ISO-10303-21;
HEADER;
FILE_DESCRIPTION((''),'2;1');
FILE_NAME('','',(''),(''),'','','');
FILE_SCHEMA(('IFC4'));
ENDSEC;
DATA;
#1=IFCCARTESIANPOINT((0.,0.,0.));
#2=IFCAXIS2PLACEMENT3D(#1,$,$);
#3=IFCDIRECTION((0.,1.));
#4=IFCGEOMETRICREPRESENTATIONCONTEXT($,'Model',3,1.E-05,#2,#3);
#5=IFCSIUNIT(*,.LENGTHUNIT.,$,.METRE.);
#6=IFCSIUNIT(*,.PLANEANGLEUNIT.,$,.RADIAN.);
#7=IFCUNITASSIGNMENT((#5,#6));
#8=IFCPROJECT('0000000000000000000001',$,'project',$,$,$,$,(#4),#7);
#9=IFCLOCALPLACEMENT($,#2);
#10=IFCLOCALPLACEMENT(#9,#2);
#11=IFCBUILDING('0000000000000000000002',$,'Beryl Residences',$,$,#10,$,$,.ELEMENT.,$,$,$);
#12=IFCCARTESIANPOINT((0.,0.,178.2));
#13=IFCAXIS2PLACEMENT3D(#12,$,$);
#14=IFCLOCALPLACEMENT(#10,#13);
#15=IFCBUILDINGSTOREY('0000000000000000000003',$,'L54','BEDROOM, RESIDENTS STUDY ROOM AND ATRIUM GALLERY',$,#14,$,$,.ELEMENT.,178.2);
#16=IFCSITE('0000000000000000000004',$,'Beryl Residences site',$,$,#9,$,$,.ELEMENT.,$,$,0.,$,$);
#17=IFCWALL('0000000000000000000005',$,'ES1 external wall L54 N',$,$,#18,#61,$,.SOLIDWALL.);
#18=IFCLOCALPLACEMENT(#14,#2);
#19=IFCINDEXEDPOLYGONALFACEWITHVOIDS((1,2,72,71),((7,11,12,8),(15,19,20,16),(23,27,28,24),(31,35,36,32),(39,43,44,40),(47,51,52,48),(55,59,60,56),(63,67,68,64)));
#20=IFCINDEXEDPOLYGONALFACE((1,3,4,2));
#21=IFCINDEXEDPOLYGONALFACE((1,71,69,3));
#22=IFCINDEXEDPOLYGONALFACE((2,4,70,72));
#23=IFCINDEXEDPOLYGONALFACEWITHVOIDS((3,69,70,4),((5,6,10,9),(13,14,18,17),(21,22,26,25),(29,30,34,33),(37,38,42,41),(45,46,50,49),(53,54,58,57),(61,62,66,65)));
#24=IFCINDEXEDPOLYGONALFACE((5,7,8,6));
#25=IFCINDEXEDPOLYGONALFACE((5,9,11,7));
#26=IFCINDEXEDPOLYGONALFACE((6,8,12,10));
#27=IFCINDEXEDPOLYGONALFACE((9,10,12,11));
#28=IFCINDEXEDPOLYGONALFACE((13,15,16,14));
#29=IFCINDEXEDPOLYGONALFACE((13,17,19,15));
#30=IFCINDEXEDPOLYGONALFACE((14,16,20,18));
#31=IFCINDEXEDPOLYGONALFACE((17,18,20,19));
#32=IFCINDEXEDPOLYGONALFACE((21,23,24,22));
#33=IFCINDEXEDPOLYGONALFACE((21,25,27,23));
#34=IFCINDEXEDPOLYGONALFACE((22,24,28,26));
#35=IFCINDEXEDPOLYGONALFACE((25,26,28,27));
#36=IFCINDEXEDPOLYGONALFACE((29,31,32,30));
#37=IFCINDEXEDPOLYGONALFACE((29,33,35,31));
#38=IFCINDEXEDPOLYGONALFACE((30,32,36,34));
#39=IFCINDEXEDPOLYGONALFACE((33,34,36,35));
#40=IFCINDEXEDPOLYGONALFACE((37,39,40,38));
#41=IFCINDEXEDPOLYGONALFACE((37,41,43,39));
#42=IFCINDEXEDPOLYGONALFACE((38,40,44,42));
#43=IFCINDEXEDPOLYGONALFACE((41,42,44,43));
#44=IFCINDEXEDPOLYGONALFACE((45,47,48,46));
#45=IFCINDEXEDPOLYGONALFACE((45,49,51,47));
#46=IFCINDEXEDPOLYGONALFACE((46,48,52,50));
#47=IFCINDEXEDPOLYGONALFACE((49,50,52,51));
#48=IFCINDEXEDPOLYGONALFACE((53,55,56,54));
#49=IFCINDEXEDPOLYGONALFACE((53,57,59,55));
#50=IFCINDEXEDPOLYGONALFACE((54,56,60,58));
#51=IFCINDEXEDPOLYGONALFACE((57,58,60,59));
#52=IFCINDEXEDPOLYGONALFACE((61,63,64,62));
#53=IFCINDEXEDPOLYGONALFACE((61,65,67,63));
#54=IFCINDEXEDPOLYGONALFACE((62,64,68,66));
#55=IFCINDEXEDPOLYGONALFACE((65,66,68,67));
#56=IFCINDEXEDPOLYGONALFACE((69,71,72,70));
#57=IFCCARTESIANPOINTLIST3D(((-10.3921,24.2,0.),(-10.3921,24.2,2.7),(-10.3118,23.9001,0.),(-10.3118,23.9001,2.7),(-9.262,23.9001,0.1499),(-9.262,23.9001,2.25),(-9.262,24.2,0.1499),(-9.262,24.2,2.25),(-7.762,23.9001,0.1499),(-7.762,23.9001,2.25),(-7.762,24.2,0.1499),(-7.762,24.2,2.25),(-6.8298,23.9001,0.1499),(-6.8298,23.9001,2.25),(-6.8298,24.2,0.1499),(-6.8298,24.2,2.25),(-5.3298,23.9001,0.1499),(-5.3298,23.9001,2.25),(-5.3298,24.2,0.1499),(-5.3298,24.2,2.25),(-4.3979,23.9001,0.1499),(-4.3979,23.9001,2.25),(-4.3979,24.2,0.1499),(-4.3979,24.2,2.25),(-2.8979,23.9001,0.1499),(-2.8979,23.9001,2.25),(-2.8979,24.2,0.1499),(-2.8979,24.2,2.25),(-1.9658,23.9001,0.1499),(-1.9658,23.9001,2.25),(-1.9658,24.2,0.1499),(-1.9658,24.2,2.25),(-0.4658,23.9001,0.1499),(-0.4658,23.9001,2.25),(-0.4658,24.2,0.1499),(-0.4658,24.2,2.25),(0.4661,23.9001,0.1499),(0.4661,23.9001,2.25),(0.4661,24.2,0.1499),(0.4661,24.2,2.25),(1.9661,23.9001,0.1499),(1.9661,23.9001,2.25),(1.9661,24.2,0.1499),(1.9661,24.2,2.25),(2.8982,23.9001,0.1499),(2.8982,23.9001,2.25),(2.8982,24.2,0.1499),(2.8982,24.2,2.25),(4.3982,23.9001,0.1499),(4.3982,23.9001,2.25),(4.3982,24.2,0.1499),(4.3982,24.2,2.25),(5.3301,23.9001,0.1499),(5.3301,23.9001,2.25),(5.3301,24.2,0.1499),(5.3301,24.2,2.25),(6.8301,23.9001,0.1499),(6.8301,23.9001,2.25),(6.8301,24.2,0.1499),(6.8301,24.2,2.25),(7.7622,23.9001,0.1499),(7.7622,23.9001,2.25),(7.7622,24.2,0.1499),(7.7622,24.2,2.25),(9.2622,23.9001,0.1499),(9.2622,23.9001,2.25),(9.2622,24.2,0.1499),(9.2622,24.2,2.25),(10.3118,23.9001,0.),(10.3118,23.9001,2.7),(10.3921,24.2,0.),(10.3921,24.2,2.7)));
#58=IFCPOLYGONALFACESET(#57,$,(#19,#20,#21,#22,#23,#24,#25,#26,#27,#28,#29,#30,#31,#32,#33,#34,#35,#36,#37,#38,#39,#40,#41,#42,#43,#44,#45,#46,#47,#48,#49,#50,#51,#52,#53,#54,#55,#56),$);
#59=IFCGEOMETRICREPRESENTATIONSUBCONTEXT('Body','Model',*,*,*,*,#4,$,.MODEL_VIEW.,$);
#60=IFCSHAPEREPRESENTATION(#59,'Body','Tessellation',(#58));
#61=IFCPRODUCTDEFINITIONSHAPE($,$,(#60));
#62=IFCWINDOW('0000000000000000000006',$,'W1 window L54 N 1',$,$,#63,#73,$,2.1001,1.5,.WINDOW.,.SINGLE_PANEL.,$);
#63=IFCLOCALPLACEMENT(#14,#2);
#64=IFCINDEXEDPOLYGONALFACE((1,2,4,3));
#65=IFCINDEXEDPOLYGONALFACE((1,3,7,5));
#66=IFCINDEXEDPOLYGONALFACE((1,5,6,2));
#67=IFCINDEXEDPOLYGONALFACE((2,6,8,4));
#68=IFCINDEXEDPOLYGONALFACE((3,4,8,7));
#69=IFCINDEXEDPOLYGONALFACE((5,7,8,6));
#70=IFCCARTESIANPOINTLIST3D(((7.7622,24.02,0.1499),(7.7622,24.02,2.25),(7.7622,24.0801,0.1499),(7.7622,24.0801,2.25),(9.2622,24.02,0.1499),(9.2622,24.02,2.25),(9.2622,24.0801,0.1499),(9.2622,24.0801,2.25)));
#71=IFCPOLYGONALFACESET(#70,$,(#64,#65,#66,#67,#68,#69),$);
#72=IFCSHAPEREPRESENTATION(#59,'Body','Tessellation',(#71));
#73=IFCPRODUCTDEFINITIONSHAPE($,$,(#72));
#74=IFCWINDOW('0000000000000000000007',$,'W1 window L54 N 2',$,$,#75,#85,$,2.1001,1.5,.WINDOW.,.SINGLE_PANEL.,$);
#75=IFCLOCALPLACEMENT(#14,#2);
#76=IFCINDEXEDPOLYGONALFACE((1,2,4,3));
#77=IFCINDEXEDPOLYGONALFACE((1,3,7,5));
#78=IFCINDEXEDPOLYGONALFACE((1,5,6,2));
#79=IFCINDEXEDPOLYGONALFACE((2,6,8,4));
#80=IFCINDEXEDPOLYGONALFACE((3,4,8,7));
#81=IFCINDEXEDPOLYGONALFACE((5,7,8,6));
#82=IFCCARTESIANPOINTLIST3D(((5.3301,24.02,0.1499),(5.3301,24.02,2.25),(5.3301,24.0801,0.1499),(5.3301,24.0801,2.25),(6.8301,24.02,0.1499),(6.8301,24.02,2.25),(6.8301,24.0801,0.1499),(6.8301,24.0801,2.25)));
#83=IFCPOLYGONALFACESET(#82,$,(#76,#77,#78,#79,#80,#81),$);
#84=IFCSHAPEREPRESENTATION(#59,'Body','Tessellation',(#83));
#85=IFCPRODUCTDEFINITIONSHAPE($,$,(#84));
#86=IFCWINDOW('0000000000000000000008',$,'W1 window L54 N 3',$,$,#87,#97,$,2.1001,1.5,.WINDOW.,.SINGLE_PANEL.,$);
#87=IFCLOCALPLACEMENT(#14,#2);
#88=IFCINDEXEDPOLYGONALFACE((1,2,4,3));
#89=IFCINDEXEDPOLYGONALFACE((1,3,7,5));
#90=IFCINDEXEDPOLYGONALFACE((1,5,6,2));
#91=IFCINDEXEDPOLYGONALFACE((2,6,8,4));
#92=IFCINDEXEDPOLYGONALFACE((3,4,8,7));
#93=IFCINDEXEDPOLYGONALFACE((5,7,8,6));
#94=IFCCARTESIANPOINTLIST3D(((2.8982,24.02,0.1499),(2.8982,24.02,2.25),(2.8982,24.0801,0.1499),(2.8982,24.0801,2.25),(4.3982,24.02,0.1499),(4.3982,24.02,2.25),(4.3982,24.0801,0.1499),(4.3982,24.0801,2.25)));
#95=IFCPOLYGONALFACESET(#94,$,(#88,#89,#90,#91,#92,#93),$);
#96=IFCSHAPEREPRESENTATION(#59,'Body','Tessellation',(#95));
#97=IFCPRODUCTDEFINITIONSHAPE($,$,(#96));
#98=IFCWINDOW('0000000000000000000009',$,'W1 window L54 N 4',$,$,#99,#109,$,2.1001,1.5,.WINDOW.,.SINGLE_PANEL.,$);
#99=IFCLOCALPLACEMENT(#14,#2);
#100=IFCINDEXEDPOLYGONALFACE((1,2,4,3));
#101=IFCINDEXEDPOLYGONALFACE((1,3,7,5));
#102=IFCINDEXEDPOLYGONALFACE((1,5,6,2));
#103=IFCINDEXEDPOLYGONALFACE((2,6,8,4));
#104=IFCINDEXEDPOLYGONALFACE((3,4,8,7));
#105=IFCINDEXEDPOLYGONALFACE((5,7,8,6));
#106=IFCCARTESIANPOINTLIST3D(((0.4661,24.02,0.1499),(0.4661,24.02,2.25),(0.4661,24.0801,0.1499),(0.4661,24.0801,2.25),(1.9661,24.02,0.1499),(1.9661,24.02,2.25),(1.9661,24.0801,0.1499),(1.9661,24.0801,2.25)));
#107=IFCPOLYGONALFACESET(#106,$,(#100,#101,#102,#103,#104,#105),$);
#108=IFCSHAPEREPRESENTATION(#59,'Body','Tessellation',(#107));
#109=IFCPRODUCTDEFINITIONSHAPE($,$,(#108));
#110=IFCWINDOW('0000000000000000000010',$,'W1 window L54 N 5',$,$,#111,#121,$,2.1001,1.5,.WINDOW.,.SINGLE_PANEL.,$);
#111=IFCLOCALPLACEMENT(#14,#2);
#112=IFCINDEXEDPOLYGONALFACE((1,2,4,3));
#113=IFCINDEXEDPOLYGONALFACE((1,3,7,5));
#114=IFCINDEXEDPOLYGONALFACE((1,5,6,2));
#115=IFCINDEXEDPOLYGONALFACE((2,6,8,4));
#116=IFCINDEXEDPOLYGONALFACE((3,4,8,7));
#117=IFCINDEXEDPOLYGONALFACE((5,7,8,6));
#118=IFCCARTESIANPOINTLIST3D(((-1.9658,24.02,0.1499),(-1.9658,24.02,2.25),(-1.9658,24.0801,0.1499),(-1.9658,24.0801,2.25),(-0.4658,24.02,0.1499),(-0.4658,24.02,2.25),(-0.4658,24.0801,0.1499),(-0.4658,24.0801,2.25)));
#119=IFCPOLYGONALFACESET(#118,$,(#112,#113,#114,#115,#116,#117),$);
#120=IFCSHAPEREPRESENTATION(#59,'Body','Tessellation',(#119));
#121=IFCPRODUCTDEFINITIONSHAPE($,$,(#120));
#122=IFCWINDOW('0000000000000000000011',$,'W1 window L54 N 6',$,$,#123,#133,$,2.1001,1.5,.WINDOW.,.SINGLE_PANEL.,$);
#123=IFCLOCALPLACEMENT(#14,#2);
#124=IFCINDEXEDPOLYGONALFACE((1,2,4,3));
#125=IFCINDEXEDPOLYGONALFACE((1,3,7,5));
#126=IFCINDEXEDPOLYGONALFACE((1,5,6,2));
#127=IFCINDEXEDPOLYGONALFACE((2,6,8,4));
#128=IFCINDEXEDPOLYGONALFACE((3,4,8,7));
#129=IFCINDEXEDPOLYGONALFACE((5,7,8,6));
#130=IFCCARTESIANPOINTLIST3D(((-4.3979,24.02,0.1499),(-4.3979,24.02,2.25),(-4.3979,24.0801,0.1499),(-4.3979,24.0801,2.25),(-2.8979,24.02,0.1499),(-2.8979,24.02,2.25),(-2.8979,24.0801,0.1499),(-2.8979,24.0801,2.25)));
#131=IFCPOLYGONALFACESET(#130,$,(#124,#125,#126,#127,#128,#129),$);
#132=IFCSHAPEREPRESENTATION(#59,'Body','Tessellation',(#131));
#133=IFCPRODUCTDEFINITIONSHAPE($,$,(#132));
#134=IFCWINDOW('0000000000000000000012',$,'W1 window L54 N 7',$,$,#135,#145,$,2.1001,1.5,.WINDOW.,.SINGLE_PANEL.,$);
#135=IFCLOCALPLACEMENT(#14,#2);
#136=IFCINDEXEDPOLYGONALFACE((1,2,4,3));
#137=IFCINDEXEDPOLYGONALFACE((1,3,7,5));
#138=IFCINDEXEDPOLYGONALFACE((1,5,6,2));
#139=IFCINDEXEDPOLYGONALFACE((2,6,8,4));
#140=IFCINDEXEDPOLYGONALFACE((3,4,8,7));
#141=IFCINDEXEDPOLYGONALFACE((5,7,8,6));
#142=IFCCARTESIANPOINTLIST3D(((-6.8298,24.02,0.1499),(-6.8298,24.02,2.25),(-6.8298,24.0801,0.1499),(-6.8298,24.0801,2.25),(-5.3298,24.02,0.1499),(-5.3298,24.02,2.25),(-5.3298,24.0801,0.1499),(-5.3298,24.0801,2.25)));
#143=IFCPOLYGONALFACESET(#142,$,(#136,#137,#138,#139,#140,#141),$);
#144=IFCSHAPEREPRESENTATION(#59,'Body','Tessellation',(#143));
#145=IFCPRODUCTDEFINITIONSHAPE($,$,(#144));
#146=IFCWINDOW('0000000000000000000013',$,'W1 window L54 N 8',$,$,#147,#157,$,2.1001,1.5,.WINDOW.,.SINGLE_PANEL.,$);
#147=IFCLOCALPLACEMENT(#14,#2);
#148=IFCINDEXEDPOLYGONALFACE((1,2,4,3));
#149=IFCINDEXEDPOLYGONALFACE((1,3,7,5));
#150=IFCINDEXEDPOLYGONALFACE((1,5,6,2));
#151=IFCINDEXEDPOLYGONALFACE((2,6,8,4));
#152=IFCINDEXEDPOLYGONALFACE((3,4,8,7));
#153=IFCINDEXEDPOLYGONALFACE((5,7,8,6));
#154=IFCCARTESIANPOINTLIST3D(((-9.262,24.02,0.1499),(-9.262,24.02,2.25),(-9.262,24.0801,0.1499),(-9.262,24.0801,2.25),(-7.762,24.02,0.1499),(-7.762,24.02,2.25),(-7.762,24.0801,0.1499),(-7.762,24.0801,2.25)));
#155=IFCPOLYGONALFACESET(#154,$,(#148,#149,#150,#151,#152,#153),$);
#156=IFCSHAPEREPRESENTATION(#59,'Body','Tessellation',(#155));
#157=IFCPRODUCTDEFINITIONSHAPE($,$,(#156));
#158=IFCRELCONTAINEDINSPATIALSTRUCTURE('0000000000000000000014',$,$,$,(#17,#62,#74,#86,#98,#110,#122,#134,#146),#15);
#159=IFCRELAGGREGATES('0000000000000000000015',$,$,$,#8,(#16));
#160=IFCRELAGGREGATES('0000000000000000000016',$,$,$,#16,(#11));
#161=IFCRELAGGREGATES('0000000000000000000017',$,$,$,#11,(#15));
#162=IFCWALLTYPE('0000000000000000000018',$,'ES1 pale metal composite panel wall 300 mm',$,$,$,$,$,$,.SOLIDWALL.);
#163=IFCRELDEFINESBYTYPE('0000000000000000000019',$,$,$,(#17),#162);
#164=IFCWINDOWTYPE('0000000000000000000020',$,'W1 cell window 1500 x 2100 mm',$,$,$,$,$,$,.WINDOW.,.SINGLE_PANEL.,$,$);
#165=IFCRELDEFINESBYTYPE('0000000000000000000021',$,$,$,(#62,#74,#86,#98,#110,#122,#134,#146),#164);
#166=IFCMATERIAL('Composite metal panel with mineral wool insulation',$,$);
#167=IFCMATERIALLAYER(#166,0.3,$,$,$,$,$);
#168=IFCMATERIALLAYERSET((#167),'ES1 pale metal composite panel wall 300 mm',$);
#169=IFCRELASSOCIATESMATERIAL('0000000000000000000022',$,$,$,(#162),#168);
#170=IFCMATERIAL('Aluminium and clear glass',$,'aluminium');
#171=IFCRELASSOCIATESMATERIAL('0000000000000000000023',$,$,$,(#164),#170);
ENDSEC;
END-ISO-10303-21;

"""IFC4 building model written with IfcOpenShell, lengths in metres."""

from ifc_helpers import new_model, si_unit, direction, frame, frame_2d, origin, place, context, subcontext, project, spatial, polyline, rectangle, outline, extrude, material, layer, layer_set, type_object, element, fill, save


model = new_model("IFC4")

# Units and contexts
model_context = context("Model", 3, precision=1e-05, world=origin(), true_north=direction((0.0, 1.0)))
body_context = subcontext(model_context, "Body", "Model", "MODEL_VIEW")
ifc_project = project(units=[si_unit("LENGTHUNIT", "METRE"), si_unit("PLANEANGLEUNIT", "RADIAN")], contexts=[model_context])

# Site, building, storey
site_placement = place(None, origin())
site = spatial("IfcSite", under=ifc_project, at=site_placement, Name="Beryl Residences site", CompositionType="ELEMENT", RefElevation=0.0)
building_placement = place(site_placement, origin())
building = spatial("IfcBuilding", under=site, at=building_placement, Name="Beryl Residences", CompositionType="ELEMENT")
storey_placement = place(building_placement, frame((0.0, 0.0, 178.2)))
storey = spatial("IfcBuildingStorey", under=building, at=storey_placement, Name="L54", Description="BEDROOM, RESIDENTS STUDY ROOM AND ATRIUM GALLERY", CompositionType="ELEMENT", Elevation=178.2)

# Wall, openings, windows
ifc_material_1 = material(Name="Composite metal panel with mineral wool insulation")
ifc_layer_1 = layer(ifc_material_1, 0.3)
ifc_layer_set_1 = layer_set([ifc_layer_1], Name="ES1 pale metal composite panel wall 300 mm")
wall_type_1 = type_object("IfcWallType", Name="ES1 pale metal composite panel wall 300 mm", PredefinedType="SOLIDWALL", material=ifc_layer_set_1)
wall_1_placement = place(storey_placement, frame((10.3921, 24.05, 0.0), z_axis=(0.0, 0.0, 1.0), x_axis=(-1.0, 0.0, 0.0)))
wall_1 = element("IfcWall", 1, at=wall_1_placement, inside=storey, type_object=wall_type_1, Name="ES1 external wall L54 N", PredefinedType="SOLIDWALL", context=body_context, shape_type="SweptSolid", body=[
    extrude(outline(polyline([(0.0, -0.1499), (20.7842, -0.1499), (20.7039, 0.1499), (0.0803, 0.1499), (0.0, -0.1499)])), origin(), (0.0, 0.0, 1.0), 2.7),
])
opening_1_placement = place(wall_1_placement, frame((1.1299, 0.0, 0.1499)))
opening_1 = element("IfcOpeningElement", 2, at=opening_1_placement, cuts=wall_1, PredefinedType="OPENING", context=body_context, shape_type="SweptSolid", body=[
    extrude(rectangle(XDim=1.5, YDim=2.1001, at=frame_2d((0.75, 1.05))), frame((0.0, 0.1599, 0.0), z_axis=(0.0, -1.0, 0.0), x_axis=(1.0, 0.0, 0.0)), (0.0, 0.0, 1.0), 0.3201),
])
opening_2_placement = place(wall_1_placement, frame((3.562, 0.0, 0.1499)))
opening_2 = element("IfcOpeningElement", 3, at=opening_2_placement, cuts=wall_1, PredefinedType="OPENING", context=body_context, shape_type="SweptSolid", body=[
    extrude(rectangle(XDim=1.5, YDim=2.1001, at=frame_2d((0.75, 1.05))), frame((0.0, 0.1599, 0.0), z_axis=(0.0, -1.0, 0.0), x_axis=(1.0, 0.0, 0.0)), (0.0, 0.0, 1.0), 0.3201),
])
opening_3_placement = place(wall_1_placement, frame((5.9939, 0.0, 0.1499)))
opening_3 = element("IfcOpeningElement", 4, at=opening_3_placement, cuts=wall_1, PredefinedType="OPENING", context=body_context, shape_type="SweptSolid", body=[
    extrude(rectangle(XDim=1.5, YDim=2.1001, at=frame_2d((0.75, 1.05))), frame((0.0, 0.1599, 0.0), z_axis=(0.0, -1.0, 0.0), x_axis=(1.0, 0.0, 0.0)), (0.0, 0.0, 1.0), 0.3201),
])
opening_4_placement = place(wall_1_placement, frame((8.426, 0.0, 0.1499)))
opening_4 = element("IfcOpeningElement", 5, at=opening_4_placement, cuts=wall_1, PredefinedType="OPENING", context=body_context, shape_type="SweptSolid", body=[
    extrude(rectangle(XDim=1.5, YDim=2.1001, at=frame_2d((0.75, 1.05))), frame((0.0, 0.1599, 0.0), z_axis=(0.0, -1.0, 0.0), x_axis=(1.0, 0.0, 0.0)), (0.0, 0.0, 1.0), 0.3201),
])
opening_5_placement = place(wall_1_placement, frame((10.8579, 0.0, 0.1499)))
opening_5 = element("IfcOpeningElement", 6, at=opening_5_placement, cuts=wall_1, PredefinedType="OPENING", context=body_context, shape_type="SweptSolid", body=[
    extrude(rectangle(XDim=1.5, YDim=2.1001, at=frame_2d((0.75, 1.05))), frame((0.0, 0.1599, 0.0), z_axis=(0.0, -1.0, 0.0), x_axis=(1.0, 0.0, 0.0)), (0.0, 0.0, 1.0), 0.3201),
])
opening_6_placement = place(wall_1_placement, frame((13.29, 0.0, 0.1499)))
opening_6 = element("IfcOpeningElement", 7, at=opening_6_placement, cuts=wall_1, PredefinedType="OPENING", context=body_context, shape_type="SweptSolid", body=[
    extrude(rectangle(XDim=1.5, YDim=2.1001, at=frame_2d((0.75, 1.05))), frame((0.0, 0.1599, 0.0), z_axis=(0.0, -1.0, 0.0), x_axis=(1.0, 0.0, 0.0)), (0.0, 0.0, 1.0), 0.3201),
])
opening_7_placement = place(wall_1_placement, frame((15.7219, 0.0, 0.1499)))
opening_7 = element("IfcOpeningElement", 8, at=opening_7_placement, cuts=wall_1, PredefinedType="OPENING", context=body_context, shape_type="SweptSolid", body=[
    extrude(rectangle(XDim=1.5, YDim=2.1001, at=frame_2d((0.75, 1.05))), frame((0.0, 0.1599, 0.0), z_axis=(0.0, -1.0, 0.0), x_axis=(1.0, 0.0, 0.0)), (0.0, 0.0, 1.0), 0.3201),
])
opening_8_placement = place(wall_1_placement, frame((18.1541, 0.0, 0.1499)))
opening_8 = element("IfcOpeningElement", 9, at=opening_8_placement, cuts=wall_1, PredefinedType="OPENING", context=body_context, shape_type="SweptSolid", body=[
    extrude(rectangle(XDim=1.5, YDim=2.1001, at=frame_2d((0.75, 1.05))), frame((0.0, 0.1599, 0.0), z_axis=(0.0, -1.0, 0.0), x_axis=(1.0, 0.0, 0.0)), (0.0, 0.0, 1.0), 0.3201),
])
ifc_material_2 = material(Name="Aluminium and clear glass", Category="aluminium")
window_type_1 = type_object("IfcWindowType", Name="W1 cell window 1500 x 2100 mm", PartitioningType="SINGLE_PANEL", PredefinedType="WINDOW", material=ifc_material_2)
window_1_placement = place(opening_1_placement, origin())
window_1 = element("IfcWindow", 10, at=window_1_placement, inside=storey, type_object=window_type_1, Name="W1 window L54 N 1", OverallHeight=2.1001, OverallWidth=1.5, PartitioningType="SINGLE_PANEL", PredefinedType="WINDOW", context=body_context, shape_type="SweptSolid", body=[
    extrude(rectangle(XDim=1.5, YDim=2.1001, at=frame_2d((0.75, 1.05))), frame((0.0, 0.03, 0.0), z_axis=(0.0, -1.0, 0.0), x_axis=(1.0, 0.0, 0.0)), (0.0, 0.0, 1.0), 0.0601),
])
fill(opening_1, window_1)
window_2_placement = place(opening_2_placement, origin())
window_2 = element("IfcWindow", 11, at=window_2_placement, inside=storey, type_object=window_type_1, Name="W1 window L54 N 2", OverallHeight=2.1001, OverallWidth=1.5, PartitioningType="SINGLE_PANEL", PredefinedType="WINDOW", context=body_context, shape_type="SweptSolid", body=[
    extrude(rectangle(XDim=1.5, YDim=2.1001, at=frame_2d((0.75, 1.05))), frame((0.0, 0.03, 0.0), z_axis=(0.0, -1.0, 0.0), x_axis=(1.0, 0.0, 0.0)), (0.0, 0.0, 1.0), 0.0601),
])
fill(opening_2, window_2)
window_3_placement = place(opening_3_placement, origin())
window_3 = element("IfcWindow", 12, at=window_3_placement, inside=storey, type_object=window_type_1, Name="W1 window L54 N 3", OverallHeight=2.1001, OverallWidth=1.5, PartitioningType="SINGLE_PANEL", PredefinedType="WINDOW", context=body_context, shape_type="SweptSolid", body=[
    extrude(rectangle(XDim=1.5, YDim=2.1001, at=frame_2d((0.75, 1.05))), frame((0.0, 0.03, 0.0), z_axis=(0.0, -1.0, 0.0), x_axis=(1.0, 0.0, 0.0)), (0.0, 0.0, 1.0), 0.0601),
])
fill(opening_3, window_3)
window_4_placement = place(opening_4_placement, origin())
window_4 = element("IfcWindow", 13, at=window_4_placement, inside=storey, type_object=window_type_1, Name="W1 window L54 N 4", OverallHeight=2.1001, OverallWidth=1.5, PartitioningType="SINGLE_PANEL", PredefinedType="WINDOW", context=body_context, shape_type="SweptSolid", body=[
    extrude(rectangle(XDim=1.5, YDim=2.1001, at=frame_2d((0.75, 1.05))), frame((0.0, 0.03, 0.0), z_axis=(0.0, -1.0, 0.0), x_axis=(1.0, 0.0, 0.0)), (0.0, 0.0, 1.0), 0.0601),
])
fill(opening_4, window_4)
window_5_placement = place(opening_5_placement, origin())
window_5 = element("IfcWindow", 14, at=window_5_placement, inside=storey, type_object=window_type_1, Name="W1 window L54 N 5", OverallHeight=2.1001, OverallWidth=1.5, PartitioningType="SINGLE_PANEL", PredefinedType="WINDOW", context=body_context, shape_type="SweptSolid", body=[
    extrude(rectangle(XDim=1.5, YDim=2.1001, at=frame_2d((0.75, 1.05))), frame((0.0, 0.03, 0.0), z_axis=(0.0, -1.0, 0.0), x_axis=(1.0, 0.0, 0.0)), (0.0, 0.0, 1.0), 0.0601),
])
fill(opening_5, window_5)
window_6_placement = place(opening_6_placement, origin())
window_6 = element("IfcWindow", 15, at=window_6_placement, inside=storey, type_object=window_type_1, Name="W1 window L54 N 6", OverallHeight=2.1001, OverallWidth=1.5, PartitioningType="SINGLE_PANEL", PredefinedType="WINDOW", context=body_context, shape_type="SweptSolid", body=[
    extrude(rectangle(XDim=1.5, YDim=2.1001, at=frame_2d((0.75, 1.05))), frame((0.0, 0.03, 0.0), z_axis=(0.0, -1.0, 0.0), x_axis=(1.0, 0.0, 0.0)), (0.0, 0.0, 1.0), 0.0601),
])
fill(opening_6, window_6)
window_7_placement = place(opening_7_placement, origin())
window_7 = element("IfcWindow", 16, at=window_7_placement, inside=storey, type_object=window_type_1, Name="W1 window L54 N 7", OverallHeight=2.1001, OverallWidth=1.5, PartitioningType="SINGLE_PANEL", PredefinedType="WINDOW", context=body_context, shape_type="SweptSolid", body=[
    extrude(rectangle(XDim=1.5, YDim=2.1001, at=frame_2d((0.75, 1.05))), frame((0.0, 0.03, 0.0), z_axis=(0.0, -1.0, 0.0), x_axis=(1.0, 0.0, 0.0)), (0.0, 0.0, 1.0), 0.0601),
])
fill(opening_7, window_7)
window_8_placement = place(opening_8_placement, origin())
window_8 = element("IfcWindow", 17, at=window_8_placement, inside=storey, type_object=window_type_1, Name="W1 window L54 N 8", OverallHeight=2.1001, OverallWidth=1.5, PartitioningType="SINGLE_PANEL", PredefinedType="WINDOW", context=body_context, shape_type="SweptSolid", body=[
    extrude(rectangle(XDim=1.5, YDim=2.1001, at=frame_2d((0.75, 1.05))), frame((0.0, 0.03, 0.0), z_axis=(0.0, -1.0, 0.0), x_axis=(1.0, 0.0, 0.0)), (0.0, 0.0, 1.0), 0.0601),
])
fill(opening_8, window_8)

save(model, "model.ifc")
